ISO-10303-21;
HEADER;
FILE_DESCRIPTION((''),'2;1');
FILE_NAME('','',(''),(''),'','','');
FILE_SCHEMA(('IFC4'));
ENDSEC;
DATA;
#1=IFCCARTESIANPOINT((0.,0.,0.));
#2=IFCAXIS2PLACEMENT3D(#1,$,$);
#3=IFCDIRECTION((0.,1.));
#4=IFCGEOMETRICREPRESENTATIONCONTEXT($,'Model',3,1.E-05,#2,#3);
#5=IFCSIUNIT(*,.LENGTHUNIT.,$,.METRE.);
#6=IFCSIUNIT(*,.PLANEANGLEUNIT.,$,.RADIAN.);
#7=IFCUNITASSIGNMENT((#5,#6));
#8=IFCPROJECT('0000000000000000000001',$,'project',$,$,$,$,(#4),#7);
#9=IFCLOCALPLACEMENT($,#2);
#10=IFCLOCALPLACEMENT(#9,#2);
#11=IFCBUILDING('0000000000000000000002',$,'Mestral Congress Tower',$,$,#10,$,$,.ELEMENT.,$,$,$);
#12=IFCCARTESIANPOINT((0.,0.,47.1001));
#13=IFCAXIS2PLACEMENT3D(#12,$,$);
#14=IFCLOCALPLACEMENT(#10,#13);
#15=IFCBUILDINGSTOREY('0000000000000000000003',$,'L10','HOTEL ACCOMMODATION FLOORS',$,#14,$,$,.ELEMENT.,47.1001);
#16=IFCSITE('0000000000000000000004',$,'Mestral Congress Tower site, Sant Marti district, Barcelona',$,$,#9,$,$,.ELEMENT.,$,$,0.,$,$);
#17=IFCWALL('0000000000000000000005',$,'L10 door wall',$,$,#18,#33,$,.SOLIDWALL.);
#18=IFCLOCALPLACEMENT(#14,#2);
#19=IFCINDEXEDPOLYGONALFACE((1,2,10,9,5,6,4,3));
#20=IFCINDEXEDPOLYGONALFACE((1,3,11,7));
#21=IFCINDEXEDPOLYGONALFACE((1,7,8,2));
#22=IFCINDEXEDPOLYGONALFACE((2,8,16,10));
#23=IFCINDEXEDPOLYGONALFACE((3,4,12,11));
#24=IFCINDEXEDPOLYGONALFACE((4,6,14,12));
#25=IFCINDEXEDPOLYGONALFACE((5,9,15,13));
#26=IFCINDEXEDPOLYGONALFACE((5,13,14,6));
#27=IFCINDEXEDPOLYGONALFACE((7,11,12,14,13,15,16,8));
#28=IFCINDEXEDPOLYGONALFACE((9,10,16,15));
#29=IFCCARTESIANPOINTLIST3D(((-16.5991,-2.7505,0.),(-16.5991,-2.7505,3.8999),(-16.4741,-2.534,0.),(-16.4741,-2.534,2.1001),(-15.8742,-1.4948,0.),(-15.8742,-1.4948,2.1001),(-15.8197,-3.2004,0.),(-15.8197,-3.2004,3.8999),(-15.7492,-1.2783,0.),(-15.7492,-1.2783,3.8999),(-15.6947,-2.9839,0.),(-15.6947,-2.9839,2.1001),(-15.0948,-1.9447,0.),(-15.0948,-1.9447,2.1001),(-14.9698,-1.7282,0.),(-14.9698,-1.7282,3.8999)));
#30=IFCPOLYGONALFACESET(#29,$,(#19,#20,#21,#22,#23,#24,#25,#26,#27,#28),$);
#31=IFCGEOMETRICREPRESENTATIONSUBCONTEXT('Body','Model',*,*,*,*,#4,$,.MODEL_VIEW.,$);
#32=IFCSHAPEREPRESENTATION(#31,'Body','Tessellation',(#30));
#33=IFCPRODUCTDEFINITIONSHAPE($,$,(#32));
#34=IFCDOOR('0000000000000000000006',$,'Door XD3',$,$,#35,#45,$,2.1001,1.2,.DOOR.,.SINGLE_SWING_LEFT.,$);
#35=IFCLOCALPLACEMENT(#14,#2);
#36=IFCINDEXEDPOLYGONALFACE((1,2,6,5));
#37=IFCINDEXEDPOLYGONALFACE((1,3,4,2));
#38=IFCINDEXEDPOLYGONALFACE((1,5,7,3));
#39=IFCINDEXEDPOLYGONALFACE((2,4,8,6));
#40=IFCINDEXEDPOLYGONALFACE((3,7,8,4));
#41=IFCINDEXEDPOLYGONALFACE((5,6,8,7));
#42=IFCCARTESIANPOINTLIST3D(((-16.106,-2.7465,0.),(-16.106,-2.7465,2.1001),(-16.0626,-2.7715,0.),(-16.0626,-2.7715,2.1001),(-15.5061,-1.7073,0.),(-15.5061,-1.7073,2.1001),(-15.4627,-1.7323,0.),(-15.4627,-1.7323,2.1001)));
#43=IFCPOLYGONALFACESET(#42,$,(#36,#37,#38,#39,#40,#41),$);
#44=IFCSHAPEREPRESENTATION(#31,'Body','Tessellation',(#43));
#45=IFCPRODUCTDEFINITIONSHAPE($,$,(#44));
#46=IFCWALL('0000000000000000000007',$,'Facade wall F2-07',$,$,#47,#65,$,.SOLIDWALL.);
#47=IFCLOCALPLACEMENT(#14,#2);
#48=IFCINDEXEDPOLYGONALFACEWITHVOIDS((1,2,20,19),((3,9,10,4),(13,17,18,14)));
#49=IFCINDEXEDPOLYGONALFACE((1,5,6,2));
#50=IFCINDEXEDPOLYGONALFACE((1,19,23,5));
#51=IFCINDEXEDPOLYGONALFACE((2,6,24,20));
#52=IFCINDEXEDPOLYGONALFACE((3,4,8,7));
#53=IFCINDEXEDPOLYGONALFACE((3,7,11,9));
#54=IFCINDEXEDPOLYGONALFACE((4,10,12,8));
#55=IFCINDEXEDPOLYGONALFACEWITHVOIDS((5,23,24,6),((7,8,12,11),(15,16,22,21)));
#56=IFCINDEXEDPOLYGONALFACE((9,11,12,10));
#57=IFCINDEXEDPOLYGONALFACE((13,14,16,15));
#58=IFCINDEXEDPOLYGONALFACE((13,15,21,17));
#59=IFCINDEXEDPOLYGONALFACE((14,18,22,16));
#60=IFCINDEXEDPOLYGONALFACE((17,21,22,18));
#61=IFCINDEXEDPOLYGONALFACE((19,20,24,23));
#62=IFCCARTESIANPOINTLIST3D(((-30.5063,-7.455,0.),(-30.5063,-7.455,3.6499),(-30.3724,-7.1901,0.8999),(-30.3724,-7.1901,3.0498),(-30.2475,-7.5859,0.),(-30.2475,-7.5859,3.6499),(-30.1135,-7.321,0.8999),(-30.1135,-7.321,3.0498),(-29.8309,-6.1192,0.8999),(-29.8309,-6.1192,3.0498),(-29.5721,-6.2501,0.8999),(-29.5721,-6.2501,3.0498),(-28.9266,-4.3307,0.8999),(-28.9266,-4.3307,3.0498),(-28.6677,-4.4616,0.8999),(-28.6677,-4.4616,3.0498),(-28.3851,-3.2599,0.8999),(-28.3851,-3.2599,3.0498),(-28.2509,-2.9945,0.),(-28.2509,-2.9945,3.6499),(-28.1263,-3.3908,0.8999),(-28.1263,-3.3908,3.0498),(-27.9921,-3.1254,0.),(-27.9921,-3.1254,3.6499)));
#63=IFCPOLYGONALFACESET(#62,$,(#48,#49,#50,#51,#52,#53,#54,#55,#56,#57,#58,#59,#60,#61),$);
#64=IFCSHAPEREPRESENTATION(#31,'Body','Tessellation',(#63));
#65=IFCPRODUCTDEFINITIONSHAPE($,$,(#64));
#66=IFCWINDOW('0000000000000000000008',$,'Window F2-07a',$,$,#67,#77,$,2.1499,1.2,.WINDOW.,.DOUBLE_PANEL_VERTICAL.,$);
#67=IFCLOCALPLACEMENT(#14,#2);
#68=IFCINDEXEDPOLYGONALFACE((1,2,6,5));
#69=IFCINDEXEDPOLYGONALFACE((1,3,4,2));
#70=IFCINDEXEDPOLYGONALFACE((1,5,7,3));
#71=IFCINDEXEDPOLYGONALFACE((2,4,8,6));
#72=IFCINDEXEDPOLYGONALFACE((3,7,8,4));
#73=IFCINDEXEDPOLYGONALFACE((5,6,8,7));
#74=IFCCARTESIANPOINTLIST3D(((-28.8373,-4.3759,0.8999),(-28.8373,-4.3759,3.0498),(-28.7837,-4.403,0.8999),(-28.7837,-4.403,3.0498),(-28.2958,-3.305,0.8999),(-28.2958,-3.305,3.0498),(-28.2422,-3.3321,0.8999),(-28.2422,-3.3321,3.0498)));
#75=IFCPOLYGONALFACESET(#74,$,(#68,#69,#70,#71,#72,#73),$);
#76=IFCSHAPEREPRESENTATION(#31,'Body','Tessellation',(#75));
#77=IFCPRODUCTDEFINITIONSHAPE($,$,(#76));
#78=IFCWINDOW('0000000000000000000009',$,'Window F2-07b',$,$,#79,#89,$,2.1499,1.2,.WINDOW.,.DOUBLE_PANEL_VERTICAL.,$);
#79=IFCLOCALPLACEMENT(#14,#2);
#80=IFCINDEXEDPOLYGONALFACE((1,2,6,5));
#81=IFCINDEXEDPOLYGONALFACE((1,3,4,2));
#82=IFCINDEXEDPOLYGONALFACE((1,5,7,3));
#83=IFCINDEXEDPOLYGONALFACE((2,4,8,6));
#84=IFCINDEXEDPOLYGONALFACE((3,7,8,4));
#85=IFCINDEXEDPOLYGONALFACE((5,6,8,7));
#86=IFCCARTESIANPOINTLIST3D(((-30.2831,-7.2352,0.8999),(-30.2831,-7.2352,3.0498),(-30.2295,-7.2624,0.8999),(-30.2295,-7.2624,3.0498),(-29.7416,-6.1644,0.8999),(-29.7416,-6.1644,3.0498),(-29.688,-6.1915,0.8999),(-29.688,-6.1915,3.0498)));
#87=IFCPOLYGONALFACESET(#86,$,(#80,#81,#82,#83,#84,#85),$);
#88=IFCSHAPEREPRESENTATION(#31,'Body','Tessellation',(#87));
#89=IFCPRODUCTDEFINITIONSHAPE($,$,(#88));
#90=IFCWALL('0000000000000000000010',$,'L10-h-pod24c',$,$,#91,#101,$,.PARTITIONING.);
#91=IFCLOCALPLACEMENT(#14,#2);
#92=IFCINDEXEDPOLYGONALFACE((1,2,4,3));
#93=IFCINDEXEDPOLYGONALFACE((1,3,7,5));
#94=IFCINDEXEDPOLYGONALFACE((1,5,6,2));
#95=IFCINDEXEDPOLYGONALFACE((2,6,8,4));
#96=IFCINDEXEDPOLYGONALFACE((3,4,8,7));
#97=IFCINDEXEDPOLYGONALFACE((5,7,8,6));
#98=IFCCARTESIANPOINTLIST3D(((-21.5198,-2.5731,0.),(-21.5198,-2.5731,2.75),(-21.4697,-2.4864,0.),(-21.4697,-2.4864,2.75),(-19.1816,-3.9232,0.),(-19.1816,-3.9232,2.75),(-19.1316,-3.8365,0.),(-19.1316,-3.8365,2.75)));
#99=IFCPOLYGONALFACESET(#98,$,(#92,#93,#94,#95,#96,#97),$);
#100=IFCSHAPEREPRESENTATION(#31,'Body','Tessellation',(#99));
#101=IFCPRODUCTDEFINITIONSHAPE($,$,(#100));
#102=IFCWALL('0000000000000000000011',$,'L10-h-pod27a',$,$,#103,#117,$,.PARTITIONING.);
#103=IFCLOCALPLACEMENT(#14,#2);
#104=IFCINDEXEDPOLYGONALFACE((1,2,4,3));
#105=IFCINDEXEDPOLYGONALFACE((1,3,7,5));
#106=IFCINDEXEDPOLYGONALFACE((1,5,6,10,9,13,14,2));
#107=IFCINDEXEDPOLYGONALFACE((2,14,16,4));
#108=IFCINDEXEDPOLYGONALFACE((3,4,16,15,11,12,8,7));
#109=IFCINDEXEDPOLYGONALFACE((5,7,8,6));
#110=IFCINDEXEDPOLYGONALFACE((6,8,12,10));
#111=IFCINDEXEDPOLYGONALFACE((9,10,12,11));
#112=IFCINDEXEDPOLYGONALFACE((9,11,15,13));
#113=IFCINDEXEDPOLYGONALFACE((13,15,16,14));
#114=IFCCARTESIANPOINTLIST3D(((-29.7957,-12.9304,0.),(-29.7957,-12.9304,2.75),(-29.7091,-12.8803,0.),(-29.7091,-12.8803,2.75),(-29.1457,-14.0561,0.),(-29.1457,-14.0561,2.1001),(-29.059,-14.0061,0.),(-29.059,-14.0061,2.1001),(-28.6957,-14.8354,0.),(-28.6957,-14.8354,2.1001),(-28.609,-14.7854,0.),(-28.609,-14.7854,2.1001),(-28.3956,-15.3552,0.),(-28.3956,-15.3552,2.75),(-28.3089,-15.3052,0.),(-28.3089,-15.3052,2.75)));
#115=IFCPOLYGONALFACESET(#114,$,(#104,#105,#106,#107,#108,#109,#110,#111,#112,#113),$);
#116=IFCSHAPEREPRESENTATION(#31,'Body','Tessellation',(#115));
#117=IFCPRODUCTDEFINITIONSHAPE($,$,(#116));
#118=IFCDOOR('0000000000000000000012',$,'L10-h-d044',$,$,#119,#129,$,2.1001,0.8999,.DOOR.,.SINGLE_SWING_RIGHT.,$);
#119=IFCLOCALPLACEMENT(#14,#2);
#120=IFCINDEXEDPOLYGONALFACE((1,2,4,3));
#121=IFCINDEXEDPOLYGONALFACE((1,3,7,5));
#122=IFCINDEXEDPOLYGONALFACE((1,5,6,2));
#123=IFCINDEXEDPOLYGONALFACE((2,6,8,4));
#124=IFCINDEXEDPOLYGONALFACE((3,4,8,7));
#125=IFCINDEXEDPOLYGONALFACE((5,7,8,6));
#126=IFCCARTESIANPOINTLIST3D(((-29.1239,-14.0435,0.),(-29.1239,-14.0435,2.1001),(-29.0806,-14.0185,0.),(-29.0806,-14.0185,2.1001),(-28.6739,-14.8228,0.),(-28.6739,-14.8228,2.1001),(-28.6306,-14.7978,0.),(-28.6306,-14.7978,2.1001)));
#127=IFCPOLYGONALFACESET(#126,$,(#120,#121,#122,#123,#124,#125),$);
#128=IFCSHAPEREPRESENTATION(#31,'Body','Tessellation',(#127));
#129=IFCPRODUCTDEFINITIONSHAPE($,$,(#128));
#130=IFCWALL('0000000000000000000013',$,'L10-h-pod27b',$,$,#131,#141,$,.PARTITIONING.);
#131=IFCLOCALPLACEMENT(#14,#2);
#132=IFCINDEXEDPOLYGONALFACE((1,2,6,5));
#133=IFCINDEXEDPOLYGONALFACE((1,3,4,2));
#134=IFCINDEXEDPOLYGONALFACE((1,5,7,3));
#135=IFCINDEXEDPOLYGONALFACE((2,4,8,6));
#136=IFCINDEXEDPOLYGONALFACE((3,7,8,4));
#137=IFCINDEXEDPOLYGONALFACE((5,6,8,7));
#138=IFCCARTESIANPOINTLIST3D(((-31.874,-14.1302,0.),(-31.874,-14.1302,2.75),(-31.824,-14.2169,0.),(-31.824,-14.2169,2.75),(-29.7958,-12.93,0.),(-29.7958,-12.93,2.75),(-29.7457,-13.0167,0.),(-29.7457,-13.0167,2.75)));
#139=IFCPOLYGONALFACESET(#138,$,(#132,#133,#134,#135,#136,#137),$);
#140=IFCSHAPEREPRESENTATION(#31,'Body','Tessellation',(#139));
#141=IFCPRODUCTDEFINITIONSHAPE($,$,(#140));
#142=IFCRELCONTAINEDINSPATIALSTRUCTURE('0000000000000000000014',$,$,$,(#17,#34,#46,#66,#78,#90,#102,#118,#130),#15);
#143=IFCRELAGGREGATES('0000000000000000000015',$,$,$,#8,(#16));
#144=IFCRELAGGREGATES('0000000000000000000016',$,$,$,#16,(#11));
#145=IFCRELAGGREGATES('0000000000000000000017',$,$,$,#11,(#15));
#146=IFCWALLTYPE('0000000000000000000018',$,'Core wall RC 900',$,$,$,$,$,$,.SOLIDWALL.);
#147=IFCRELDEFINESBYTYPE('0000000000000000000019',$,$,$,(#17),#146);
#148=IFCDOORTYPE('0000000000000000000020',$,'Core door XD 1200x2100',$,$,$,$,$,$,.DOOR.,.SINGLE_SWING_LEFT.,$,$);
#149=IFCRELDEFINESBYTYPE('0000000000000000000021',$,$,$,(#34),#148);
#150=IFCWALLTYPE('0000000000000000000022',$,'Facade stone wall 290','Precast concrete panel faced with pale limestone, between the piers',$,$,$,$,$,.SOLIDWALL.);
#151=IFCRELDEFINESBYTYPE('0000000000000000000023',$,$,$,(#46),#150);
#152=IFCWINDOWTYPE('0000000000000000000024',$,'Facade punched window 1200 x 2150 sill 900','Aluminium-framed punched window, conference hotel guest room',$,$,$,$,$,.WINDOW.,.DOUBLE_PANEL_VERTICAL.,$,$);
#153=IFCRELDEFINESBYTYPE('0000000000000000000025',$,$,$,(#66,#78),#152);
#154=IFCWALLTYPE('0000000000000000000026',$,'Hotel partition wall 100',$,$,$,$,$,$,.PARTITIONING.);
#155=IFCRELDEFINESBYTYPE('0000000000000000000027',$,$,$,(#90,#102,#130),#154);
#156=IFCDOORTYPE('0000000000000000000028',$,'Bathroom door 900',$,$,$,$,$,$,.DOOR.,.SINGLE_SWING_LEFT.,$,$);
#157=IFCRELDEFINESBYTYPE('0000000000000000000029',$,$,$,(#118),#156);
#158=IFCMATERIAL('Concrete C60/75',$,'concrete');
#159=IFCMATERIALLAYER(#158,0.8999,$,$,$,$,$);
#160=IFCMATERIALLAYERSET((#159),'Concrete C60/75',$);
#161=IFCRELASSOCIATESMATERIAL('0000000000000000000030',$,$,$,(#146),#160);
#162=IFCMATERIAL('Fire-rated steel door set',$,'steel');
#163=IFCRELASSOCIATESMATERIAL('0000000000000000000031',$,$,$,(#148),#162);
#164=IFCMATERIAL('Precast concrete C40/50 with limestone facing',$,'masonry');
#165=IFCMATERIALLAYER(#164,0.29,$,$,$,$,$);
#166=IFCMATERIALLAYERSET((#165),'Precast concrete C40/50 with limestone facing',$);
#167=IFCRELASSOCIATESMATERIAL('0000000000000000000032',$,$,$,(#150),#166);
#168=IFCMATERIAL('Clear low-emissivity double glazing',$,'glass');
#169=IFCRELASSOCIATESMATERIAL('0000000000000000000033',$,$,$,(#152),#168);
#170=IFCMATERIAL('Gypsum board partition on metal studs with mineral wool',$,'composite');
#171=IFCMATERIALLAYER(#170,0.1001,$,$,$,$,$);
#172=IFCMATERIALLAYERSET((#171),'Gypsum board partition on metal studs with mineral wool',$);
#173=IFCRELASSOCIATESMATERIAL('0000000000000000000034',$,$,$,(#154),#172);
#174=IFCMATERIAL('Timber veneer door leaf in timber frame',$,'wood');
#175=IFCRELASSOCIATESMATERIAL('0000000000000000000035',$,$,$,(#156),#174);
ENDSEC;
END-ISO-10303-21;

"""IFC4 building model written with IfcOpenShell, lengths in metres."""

from ifc_helpers import new_model, si_unit, direction, frame, frame_2d, origin, place, context, subcontext, project, spatial, rectangle, extrude, material, layer, layer_set, type_object, element, fill, save


model = new_model("IFC4")

# Units and contexts
model_context = context("Model", 3, precision=1e-05, world=origin(), true_north=direction((0.0, 1.0)))
body_context = subcontext(model_context, "Body", "Model", "MODEL_VIEW")
ifc_project = project(units=[si_unit("LENGTHUNIT", "METRE"), si_unit("PLANEANGLEUNIT", "RADIAN")], contexts=[model_context])

# Site, building, storey
site_placement = place(None, origin())
site = spatial("IfcSite", under=ifc_project, at=site_placement, Name="Mestral Congress Tower site, Sant Marti district, Barcelona", CompositionType="ELEMENT", RefElevation=0.0)
building_placement = place(site_placement, origin())
building = spatial("IfcBuilding", under=site, at=building_placement, Name="Mestral Congress Tower", CompositionType="ELEMENT")
storey_placement = place(building_placement, frame((0.0, 0.0, 47.1001)))
storey = spatial("IfcBuildingStorey", under=building, at=storey_placement, Name="L10", Description="HOTEL ACCOMMODATION FLOORS", CompositionType="ELEMENT", Elevation=47.1001)

# Wall, opening, door
ifc_material_1 = material(Name="Concrete C60/75", Category="concrete")
ifc_layer_1 = layer(ifc_material_1, 0.8999)
ifc_layer_set_1 = layer_set([ifc_layer_1], Name="Concrete C60/75")
wall_type_1 = type_object("IfcWallType", Name="Core wall RC 900", PredefinedType="SOLIDWALL", material=ifc_layer_set_1)
wall_1_placement = place(storey_placement, frame((-16.2095, -2.9756, 0.0), z_axis=(0.0, 0.0, 1.0), x_axis=(0.499955, 0.866052, 0.0)))
wall_1 = element("IfcWall", 1, at=wall_1_placement, inside=storey, type_object=wall_type_1, Name="L10 door wall", PredefinedType="SOLIDWALL", context=body_context, shape_type="SweptSolid", body=[
    extrude(rectangle(XDim=1.7, YDim=0.8999, at=frame_2d((0.8501, 0.0))), origin(), (0.0, 0.0, 1.0), 3.8999),
])
opening_1_placement = place(wall_1_placement, frame((0.25, 0.0, 0.0)))
opening_1 = element("IfcOpeningElement", 2, at=opening_1_placement, cuts=wall_1, PredefinedType="OPENING", context=body_context, shape_type="SweptSolid", body=[
    extrude(rectangle(XDim=1.2, YDim=2.1001, at=frame_2d((0.6001, 1.05))), frame((0.0, 0.46, 0.0), z_axis=(0.0, -1.0, 0.0), x_axis=(1.0, 0.0, 0.0)), (0.0, 0.0, 1.0), 0.9199),
])
ifc_material_2 = material(Name="Fire-rated steel door set", Category="steel")
door_type_1 = type_object("IfcDoorType", Name="Core door XD 1200x2100", OperationType="SINGLE_SWING_LEFT", PredefinedType="DOOR", material=ifc_material_2)
door_1_placement = place(opening_1_placement, origin())
door_1 = element("IfcDoor", 3, at=door_1_placement, inside=storey, type_object=door_type_1, Name="Door XD3", OperationType="SINGLE_SWING_LEFT", OverallHeight=2.1001, OverallWidth=1.2, PredefinedType="DOOR", context=body_context, shape_type="SweptSolid", body=[
    extrude(rectangle(XDim=1.2, YDim=2.1001, at=frame_2d((0.6001, 1.05))), frame((0.0, 0.0249, 0.0), z_axis=(0.0, -1.0, 0.0), x_axis=(1.0, 0.0, 0.0)), (0.0, 0.0, 1.0), 0.05),
])
fill(opening_1, door_1)

# Wall, openings, windows
ifc_material_3 = material(Name="Precast concrete C40/50 with limestone facing", Category="masonry")
ifc_layer_2 = layer(ifc_material_3, 0.29)
ifc_layer_set_2 = layer_set([ifc_layer_2], Name="Precast concrete C40/50 with limestone facing")
wall_type_2 = type_object("IfcWallType", Name="Facade stone wall 290", Description="Precast concrete panel faced with pale limestone, between the piers", PredefinedType="SOLIDWALL", material=ifc_layer_set_2)
wall_2_placement = place(storey_placement, frame((-28.1216, -3.0601, 0.0), z_axis=(0.0, 0.0, 1.0), x_axis=(-0.451234, -0.892406, 0.0)))
wall_2 = element("IfcWall", 4, at=wall_2_placement, inside=storey, type_object=wall_type_2, Name="Facade wall F2-07", PredefinedType="SOLIDWALL", context=body_context, shape_type="SweptSolid", body=[
    extrude(rectangle(XDim=4.9983, YDim=0.29, at=frame_2d((2.499, 0.0))), origin(), (0.0, 0.0, 1.0), 3.6499),
])
opening_2_placement = place(wall_2_placement, frame((0.2971, 0.0, 0.8999)))
opening_2 = element("IfcOpeningElement", 5, at=opening_2_placement, cuts=wall_2, PredefinedType="OPENING", context=body_context, shape_type="SweptSolid", body=[
    extrude(rectangle(XDim=1.2, YDim=2.1499, at=frame_2d((0.6001, 1.075))), frame((0.0, 0.155, 0.0), z_axis=(0.0, -1.0, 0.0), x_axis=(1.0, 0.0, 0.0)), (0.0, 0.0, 1.0), 0.3101),
])
opening_3_placement = place(wall_2_placement, frame((3.5012, 0.0, 0.8999)))
opening_3 = element("IfcOpeningElement", 6, at=opening_3_placement, cuts=wall_2, PredefinedType="OPENING", context=body_context, shape_type="SweptSolid", body=[
    extrude(rectangle(XDim=1.2, YDim=2.1499, at=frame_2d((0.6001, 1.075))), frame((0.0, 0.155, 0.0), z_axis=(0.0, -1.0, 0.0), x_axis=(1.0, 0.0, 0.0)), (0.0, 0.0, 1.0), 0.3101),
])
ifc_material_4 = material(Name="Clear low-emissivity double glazing", Category="glass")
window_type = type_object("IfcWindowType", Name="Facade punched window 1200 x 2150 sill 900", Description="Aluminium-framed punched window, conference hotel guest room", PartitioningType="DOUBLE_PANEL_VERTICAL", PredefinedType="WINDOW", material=ifc_material_4)
window_1_placement = place(opening_2_placement, origin())
window_1 = element("IfcWindow", 7, at=window_1_placement, inside=storey, type_object=window_type, Name="Window F2-07a", OverallHeight=2.1499, OverallWidth=1.2, PartitioningType="DOUBLE_PANEL_VERTICAL", PredefinedType="WINDOW", context=body_context, shape_type="SweptSolid", body=[
    extrude(rectangle(XDim=1.2, YDim=2.1499, at=frame_2d((0.6001, 1.075))), frame((0.0, 0.0151, 0.0), z_axis=(0.0, -1.0, 0.0), x_axis=(1.0, 0.0, 0.0)), (0.0, 0.0, 1.0), 0.0601),
])
fill(opening_2, window_1)
window_2_placement = place(opening_3_placement, origin())
window_2 = element("IfcWindow", 8, at=window_2_placement, inside=storey, type_object=window_type, Name="Window F2-07b", OverallHeight=2.1499, OverallWidth=1.2, PartitioningType="DOUBLE_PANEL_VERTICAL", PredefinedType="WINDOW", context=body_context, shape_type="SweptSolid", body=[
    extrude(rectangle(XDim=1.2, YDim=2.1499, at=frame_2d((0.6001, 1.075))), frame((0.0, 0.0151, 0.0), z_axis=(0.0, -1.0, 0.0), x_axis=(1.0, 0.0, 0.0)), (0.0, 0.0, 1.0), 0.0601),
])
fill(opening_3, window_2)

# Wall
ifc_material_5 = material(Name="Gypsum board partition on metal studs with mineral wool", Category="composite")
ifc_layer_3 = layer(ifc_material_5, 0.1001)
ifc_layer_set_3 = layer_set([ifc_layer_3], Name="Gypsum board partition on metal studs with mineral wool")
wall_type_3 = type_object("IfcWallType", Name="Hotel partition wall 100", PredefinedType="PARTITIONING", material=ifc_layer_set_3)
wall_3_placement = place(storey_placement, frame((-19.1565, -3.8799, 0.0), z_axis=(0.0, 0.0, 1.0), x_axis=(-0.865997, 0.500049, 0.0)))
element("IfcWall", 9, at=wall_3_placement, inside=storey, type_object=wall_type_3, Name="L10-h-pod24c", PredefinedType="PARTITIONING", context=body_context, shape_type="SweptSolid", body=[
    extrude(rectangle(XDim=2.7, YDim=0.1001, at=frame_2d((1.3501, 0.0))), origin(), (0.0, 0.0, 1.0), 2.75),
])

# Wall, opening, door
wall_4_placement = place(storey_placement, frame((-28.3523, -15.3301, 0.0), z_axis=(0.0, 0.0, 1.0), x_axis=(-0.50005, 0.865997, 0.0)))
wall_4 = element("IfcWall", 10, at=wall_4_placement, inside=storey, type_object=wall_type_3, Name="L10-h-pod27a", PredefinedType="PARTITIONING", context=body_context, shape_type="SweptSolid", body=[
    extrude(rectangle(XDim=2.8, YDim=0.1001, at=frame_2d((1.3999, 0.0))), origin(), (0.0, 0.0, 1.0), 2.75),
])
opening_4_placement = place(wall_4_placement, frame((0.6001, 0.0, 0.0)))
opening_4 = element("IfcOpeningElement", 11, at=opening_4_placement, cuts=wall_4, PredefinedType="OPENING", context=body_context, shape_type="SweptSolid", body=[
    extrude(rectangle(XDim=0.8999, YDim=2.1001, at=frame_2d((0.45, 1.05))), frame((0.0, 0.0601, 0.0), z_axis=(0.0, -1.0, 0.0), x_axis=(1.0, 0.0, 0.0)), (0.0, 0.0, 1.0), 0.1201),
])
ifc_material_6 = material(Name="Timber veneer door leaf in timber frame", Category="wood")
door_type_2 = type_object("IfcDoorType", Name="Bathroom door 900", OperationType="SINGLE_SWING_LEFT", PredefinedType="DOOR", material=ifc_material_6)
door_2_placement = place(opening_4_placement, origin())
door_2 = element("IfcDoor", 12, at=door_2_placement, inside=storey, type_object=door_type_2, Name="L10-h-d044", OperationType="SINGLE_SWING_RIGHT", OverallHeight=2.1001, OverallWidth=0.8999, PredefinedType="DOOR", context=body_context, shape_type="SweptSolid", body=[
    extrude(rectangle(XDim=0.8999, YDim=2.1001, at=frame_2d((0.45, 1.05))), frame((0.0, 0.0249, 0.0), z_axis=(0.0, -1.0, 0.0), x_axis=(1.0, 0.0, 0.0)), (0.0, 0.0, 1.0), 0.05),
])
fill(opening_4, door_2)

# Wall
wall_5_placement = place(storey_placement, frame((-29.7708, -12.9734, 0.0), z_axis=(0.0, 0.0, 1.0), x_axis=(-0.865981, -0.500078, 0.0)))
element("IfcWall", 13, at=wall_5_placement, inside=storey, type_object=wall_type_3, Name="L10-h-pod27b", PredefinedType="PARTITIONING", context=body_context, shape_type="SweptSolid", body=[
    extrude(rectangle(XDim=2.3999, YDim=0.1001, at=frame_2d((1.2, 0.0))), origin(), (0.0, 0.0, 1.0), 2.75),
])

save(model, "model.ifc")
